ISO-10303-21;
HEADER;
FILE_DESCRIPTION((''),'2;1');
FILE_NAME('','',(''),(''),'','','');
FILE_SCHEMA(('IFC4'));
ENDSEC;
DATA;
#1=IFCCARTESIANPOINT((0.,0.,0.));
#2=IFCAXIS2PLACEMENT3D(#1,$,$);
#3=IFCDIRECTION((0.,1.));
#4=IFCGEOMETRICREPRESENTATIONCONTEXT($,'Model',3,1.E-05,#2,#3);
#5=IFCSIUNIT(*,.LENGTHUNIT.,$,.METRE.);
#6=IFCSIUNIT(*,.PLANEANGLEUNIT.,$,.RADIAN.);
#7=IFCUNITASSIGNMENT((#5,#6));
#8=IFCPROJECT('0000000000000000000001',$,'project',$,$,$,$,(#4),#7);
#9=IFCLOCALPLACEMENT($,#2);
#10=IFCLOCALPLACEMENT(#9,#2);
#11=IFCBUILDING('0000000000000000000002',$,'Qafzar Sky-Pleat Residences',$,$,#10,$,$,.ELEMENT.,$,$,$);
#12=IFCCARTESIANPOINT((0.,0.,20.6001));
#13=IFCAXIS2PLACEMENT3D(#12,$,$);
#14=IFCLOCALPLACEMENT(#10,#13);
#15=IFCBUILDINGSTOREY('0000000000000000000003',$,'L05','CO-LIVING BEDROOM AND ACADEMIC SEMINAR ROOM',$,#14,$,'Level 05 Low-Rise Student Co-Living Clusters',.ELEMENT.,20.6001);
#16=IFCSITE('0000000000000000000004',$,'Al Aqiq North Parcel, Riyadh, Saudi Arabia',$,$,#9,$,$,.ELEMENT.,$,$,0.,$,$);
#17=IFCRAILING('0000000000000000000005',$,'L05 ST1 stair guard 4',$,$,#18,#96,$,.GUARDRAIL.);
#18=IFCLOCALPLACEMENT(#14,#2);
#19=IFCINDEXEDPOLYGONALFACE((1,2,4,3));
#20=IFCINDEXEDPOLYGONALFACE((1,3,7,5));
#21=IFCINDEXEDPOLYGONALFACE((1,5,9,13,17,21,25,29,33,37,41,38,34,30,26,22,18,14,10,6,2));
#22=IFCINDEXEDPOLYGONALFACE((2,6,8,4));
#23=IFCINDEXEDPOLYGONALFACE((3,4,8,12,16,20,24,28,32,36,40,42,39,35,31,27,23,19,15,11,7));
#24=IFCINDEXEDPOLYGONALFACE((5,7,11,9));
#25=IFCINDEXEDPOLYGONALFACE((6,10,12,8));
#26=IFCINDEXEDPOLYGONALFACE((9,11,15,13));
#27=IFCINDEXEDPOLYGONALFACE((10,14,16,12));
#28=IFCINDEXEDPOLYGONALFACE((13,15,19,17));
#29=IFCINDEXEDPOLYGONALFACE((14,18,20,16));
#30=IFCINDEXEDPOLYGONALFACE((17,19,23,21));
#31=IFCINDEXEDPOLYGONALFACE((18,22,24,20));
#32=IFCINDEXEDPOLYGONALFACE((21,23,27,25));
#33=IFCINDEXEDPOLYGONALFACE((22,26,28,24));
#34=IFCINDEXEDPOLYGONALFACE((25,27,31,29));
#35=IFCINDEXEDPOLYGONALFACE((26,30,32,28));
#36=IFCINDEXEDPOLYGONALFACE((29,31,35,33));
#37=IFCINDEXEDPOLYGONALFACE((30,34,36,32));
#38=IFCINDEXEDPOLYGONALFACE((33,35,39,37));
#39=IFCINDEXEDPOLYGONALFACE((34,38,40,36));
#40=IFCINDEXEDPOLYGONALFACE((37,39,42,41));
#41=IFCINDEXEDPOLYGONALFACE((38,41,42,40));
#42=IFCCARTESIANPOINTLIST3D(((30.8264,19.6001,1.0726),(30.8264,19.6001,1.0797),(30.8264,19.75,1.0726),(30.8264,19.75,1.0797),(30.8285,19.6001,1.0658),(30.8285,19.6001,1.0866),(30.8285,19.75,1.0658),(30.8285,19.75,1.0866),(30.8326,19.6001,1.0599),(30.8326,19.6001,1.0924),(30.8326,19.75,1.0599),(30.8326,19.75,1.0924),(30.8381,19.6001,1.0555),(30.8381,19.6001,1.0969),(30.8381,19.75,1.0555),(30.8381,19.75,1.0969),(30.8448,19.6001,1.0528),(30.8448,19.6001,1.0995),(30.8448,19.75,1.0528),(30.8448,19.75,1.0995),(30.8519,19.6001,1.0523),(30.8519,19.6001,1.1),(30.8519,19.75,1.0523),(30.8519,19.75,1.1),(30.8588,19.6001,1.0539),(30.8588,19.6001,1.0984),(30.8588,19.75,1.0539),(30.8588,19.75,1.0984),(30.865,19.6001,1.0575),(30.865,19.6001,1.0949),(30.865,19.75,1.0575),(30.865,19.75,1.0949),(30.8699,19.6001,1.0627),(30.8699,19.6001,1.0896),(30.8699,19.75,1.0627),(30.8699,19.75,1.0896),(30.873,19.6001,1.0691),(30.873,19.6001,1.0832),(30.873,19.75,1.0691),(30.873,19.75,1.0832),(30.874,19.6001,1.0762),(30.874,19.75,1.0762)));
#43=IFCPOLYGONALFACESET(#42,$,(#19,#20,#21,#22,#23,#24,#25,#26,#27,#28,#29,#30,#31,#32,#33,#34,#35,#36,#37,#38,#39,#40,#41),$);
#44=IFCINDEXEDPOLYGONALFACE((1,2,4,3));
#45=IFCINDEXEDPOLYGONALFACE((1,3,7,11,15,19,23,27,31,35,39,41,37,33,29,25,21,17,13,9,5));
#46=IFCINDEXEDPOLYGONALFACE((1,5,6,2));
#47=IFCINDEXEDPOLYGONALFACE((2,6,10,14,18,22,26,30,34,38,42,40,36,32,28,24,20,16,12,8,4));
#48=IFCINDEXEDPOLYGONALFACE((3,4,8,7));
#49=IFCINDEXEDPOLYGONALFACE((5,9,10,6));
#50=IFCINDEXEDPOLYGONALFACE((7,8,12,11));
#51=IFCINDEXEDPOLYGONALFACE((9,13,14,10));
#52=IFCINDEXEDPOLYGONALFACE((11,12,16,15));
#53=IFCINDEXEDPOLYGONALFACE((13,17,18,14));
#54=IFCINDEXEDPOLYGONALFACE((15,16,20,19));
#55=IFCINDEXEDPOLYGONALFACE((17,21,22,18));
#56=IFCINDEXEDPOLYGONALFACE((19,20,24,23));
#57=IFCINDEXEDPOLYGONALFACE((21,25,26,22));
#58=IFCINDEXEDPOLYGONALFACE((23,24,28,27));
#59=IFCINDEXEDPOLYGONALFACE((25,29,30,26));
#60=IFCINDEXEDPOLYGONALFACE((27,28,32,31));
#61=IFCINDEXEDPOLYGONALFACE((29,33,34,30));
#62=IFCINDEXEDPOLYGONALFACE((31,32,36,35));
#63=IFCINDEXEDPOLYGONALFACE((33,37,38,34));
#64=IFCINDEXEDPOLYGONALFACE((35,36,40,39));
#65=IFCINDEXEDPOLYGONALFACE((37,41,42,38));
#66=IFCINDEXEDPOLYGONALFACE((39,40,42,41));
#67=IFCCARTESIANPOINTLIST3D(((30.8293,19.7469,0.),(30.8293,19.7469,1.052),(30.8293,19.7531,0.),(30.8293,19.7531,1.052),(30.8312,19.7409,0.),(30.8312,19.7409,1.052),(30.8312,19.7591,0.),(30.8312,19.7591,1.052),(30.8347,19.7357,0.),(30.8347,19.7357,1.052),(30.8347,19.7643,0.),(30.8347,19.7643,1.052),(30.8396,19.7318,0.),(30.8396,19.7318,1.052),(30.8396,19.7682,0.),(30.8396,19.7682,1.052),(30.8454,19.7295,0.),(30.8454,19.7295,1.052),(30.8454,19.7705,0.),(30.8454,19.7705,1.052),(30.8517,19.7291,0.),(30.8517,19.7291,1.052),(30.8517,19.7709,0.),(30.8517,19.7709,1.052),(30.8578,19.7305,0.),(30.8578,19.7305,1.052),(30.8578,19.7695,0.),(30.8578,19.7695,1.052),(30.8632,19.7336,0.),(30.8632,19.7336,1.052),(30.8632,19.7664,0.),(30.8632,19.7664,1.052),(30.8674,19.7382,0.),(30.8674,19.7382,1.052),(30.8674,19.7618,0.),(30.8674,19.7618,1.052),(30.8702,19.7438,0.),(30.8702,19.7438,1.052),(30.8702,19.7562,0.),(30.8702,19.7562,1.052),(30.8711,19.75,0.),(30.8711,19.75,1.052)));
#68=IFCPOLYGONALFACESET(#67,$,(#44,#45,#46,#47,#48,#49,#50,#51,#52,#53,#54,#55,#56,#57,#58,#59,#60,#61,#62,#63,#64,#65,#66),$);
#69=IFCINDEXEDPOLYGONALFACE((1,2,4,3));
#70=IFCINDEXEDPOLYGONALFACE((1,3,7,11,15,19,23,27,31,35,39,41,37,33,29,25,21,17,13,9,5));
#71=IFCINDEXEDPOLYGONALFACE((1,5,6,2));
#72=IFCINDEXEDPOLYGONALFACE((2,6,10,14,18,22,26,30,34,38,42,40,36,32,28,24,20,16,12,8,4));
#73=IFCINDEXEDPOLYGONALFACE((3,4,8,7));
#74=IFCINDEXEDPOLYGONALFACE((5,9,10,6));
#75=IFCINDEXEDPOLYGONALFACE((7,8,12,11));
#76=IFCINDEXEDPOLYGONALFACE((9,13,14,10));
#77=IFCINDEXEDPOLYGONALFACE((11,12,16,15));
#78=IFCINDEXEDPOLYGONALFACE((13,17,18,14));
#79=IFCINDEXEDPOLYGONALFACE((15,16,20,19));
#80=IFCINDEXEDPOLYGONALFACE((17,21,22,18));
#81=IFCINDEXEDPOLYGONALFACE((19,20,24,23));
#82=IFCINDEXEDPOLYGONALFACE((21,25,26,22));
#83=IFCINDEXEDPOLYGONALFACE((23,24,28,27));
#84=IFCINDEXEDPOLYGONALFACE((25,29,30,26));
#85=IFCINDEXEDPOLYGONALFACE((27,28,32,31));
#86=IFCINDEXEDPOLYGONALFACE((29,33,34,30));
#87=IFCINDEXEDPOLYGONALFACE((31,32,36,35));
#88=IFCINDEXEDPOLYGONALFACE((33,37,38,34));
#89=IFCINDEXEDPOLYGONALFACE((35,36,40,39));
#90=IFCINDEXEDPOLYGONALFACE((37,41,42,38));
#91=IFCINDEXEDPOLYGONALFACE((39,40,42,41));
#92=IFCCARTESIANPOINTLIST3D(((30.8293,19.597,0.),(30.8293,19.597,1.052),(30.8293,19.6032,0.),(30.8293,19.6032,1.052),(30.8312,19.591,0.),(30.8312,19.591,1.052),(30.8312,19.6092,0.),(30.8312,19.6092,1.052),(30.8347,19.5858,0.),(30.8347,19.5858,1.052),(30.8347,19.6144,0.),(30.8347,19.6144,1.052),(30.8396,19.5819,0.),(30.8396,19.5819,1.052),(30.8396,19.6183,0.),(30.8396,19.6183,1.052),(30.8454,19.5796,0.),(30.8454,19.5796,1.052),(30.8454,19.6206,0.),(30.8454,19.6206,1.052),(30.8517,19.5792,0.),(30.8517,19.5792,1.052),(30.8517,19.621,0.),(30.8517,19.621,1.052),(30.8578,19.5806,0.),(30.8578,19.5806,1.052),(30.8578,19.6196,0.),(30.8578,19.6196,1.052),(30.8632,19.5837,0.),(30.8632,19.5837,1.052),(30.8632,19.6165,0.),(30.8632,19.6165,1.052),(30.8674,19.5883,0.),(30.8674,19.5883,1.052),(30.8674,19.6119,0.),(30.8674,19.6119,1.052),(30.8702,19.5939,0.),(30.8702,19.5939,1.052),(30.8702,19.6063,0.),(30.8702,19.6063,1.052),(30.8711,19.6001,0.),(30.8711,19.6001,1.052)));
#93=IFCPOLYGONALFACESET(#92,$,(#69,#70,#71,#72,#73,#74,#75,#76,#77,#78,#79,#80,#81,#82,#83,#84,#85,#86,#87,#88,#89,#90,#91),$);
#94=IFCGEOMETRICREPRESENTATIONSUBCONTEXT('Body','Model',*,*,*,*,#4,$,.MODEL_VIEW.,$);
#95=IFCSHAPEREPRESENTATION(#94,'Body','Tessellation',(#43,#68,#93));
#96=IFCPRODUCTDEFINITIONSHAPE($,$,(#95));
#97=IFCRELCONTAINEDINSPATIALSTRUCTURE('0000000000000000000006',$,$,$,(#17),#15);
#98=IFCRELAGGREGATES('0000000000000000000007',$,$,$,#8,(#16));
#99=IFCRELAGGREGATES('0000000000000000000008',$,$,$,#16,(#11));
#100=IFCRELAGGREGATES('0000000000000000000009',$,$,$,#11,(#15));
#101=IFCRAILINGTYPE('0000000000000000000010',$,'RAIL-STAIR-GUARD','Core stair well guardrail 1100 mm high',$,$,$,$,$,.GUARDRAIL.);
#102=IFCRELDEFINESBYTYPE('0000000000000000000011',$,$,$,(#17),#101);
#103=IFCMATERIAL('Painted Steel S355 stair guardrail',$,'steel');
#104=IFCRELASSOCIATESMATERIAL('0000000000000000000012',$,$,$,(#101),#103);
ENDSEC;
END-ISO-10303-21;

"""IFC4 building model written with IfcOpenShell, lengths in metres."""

from ifc_helpers import new_model, si_unit, direction, frame, origin, origin_2d, place, context, subcontext, project, spatial, circle, extrude, source, transform, mapped, material, type_object, element, save


model = new_model("IFC4")

# Units and contexts
model_context = context("Model", 3, precision=1e-05, world=origin(), true_north=direction((0.0, 1.0)))
body_context = subcontext(model_context, "Body", "Model", "MODEL_VIEW")
ifc_project = project(units=[si_unit("LENGTHUNIT", "METRE"), si_unit("PLANEANGLEUNIT", "RADIAN")], contexts=[model_context])

# Site, building, storey
site_placement = place(None, origin())
site = spatial("IfcSite", under=ifc_project, at=site_placement, Name="Al Aqiq North Parcel, Riyadh, Saudi Arabia", CompositionType="ELEMENT", RefElevation=0.0)
building_placement = place(site_placement, origin())
building = spatial("IfcBuilding", under=site, at=building_placement, Name="Qafzar Sky-Pleat Residences", CompositionType="ELEMENT")
storey_placement = place(building_placement, frame((0.0, 0.0, 20.6001)))
storey = spatial("IfcBuildingStorey", under=building, at=storey_placement, Name="L05", Description="CO-LIVING BEDROOM AND ACADEMIC SEMINAR ROOM", LongName="Level 05 Low-Rise Student Co-Living Clusters", CompositionType="ELEMENT", Elevation=20.6001)

# Railing
ifc_material_1 = material(Name="Painted Steel S355 stair guardrail", Category="steel")
railing_type_1 = type_object("IfcRailingType", Name="RAIL-STAIR-GUARD", Description="Core stair well guardrail 1100 mm high", PredefinedType="GUARDRAIL", material=ifc_material_1)
shared_shape_1 = source(origin(), body_context, "Body", "SweptSolid", [
    extrude(circle(Radius=0.0239, at=origin_2d()), frame((0.0, 0.0, 1.0762), z_axis=(0.0, -1.0, 0.0), x_axis=(1.0, 0.0, 0.0)), (0.0, 0.0, 1.0), 0.1499),
    extrude(circle(Radius=0.021, at=origin_2d()), origin(), (0.0, 0.0, 1.0), 1.052),
    extrude(circle(Radius=0.021, at=origin_2d()), frame((0.0, -0.1499, 0.0)), (0.0, 0.0, 1.0), 1.052),
])
railing_1_placement = place(storey_placement, frame((30.8501, 19.75, 0.0)))
element("IfcRailing", 1, at=railing_1_placement, inside=storey, type_object=railing_type_1, Name="L05 ST1 stair guard 4", PredefinedType="GUARDRAIL", context=body_context, shape_type="MappedRepresentation", body=[
    mapped(shared_shape_1, transform((0.0, 0.0, 0.0), x_axis=(1.0, 0.0, 0.0), y_axis=(0.0, 1.0, 0.0), z_axis=(0.0, 0.0, 1.0), scale=1.0)),
])

save(model, "model.ifc")
